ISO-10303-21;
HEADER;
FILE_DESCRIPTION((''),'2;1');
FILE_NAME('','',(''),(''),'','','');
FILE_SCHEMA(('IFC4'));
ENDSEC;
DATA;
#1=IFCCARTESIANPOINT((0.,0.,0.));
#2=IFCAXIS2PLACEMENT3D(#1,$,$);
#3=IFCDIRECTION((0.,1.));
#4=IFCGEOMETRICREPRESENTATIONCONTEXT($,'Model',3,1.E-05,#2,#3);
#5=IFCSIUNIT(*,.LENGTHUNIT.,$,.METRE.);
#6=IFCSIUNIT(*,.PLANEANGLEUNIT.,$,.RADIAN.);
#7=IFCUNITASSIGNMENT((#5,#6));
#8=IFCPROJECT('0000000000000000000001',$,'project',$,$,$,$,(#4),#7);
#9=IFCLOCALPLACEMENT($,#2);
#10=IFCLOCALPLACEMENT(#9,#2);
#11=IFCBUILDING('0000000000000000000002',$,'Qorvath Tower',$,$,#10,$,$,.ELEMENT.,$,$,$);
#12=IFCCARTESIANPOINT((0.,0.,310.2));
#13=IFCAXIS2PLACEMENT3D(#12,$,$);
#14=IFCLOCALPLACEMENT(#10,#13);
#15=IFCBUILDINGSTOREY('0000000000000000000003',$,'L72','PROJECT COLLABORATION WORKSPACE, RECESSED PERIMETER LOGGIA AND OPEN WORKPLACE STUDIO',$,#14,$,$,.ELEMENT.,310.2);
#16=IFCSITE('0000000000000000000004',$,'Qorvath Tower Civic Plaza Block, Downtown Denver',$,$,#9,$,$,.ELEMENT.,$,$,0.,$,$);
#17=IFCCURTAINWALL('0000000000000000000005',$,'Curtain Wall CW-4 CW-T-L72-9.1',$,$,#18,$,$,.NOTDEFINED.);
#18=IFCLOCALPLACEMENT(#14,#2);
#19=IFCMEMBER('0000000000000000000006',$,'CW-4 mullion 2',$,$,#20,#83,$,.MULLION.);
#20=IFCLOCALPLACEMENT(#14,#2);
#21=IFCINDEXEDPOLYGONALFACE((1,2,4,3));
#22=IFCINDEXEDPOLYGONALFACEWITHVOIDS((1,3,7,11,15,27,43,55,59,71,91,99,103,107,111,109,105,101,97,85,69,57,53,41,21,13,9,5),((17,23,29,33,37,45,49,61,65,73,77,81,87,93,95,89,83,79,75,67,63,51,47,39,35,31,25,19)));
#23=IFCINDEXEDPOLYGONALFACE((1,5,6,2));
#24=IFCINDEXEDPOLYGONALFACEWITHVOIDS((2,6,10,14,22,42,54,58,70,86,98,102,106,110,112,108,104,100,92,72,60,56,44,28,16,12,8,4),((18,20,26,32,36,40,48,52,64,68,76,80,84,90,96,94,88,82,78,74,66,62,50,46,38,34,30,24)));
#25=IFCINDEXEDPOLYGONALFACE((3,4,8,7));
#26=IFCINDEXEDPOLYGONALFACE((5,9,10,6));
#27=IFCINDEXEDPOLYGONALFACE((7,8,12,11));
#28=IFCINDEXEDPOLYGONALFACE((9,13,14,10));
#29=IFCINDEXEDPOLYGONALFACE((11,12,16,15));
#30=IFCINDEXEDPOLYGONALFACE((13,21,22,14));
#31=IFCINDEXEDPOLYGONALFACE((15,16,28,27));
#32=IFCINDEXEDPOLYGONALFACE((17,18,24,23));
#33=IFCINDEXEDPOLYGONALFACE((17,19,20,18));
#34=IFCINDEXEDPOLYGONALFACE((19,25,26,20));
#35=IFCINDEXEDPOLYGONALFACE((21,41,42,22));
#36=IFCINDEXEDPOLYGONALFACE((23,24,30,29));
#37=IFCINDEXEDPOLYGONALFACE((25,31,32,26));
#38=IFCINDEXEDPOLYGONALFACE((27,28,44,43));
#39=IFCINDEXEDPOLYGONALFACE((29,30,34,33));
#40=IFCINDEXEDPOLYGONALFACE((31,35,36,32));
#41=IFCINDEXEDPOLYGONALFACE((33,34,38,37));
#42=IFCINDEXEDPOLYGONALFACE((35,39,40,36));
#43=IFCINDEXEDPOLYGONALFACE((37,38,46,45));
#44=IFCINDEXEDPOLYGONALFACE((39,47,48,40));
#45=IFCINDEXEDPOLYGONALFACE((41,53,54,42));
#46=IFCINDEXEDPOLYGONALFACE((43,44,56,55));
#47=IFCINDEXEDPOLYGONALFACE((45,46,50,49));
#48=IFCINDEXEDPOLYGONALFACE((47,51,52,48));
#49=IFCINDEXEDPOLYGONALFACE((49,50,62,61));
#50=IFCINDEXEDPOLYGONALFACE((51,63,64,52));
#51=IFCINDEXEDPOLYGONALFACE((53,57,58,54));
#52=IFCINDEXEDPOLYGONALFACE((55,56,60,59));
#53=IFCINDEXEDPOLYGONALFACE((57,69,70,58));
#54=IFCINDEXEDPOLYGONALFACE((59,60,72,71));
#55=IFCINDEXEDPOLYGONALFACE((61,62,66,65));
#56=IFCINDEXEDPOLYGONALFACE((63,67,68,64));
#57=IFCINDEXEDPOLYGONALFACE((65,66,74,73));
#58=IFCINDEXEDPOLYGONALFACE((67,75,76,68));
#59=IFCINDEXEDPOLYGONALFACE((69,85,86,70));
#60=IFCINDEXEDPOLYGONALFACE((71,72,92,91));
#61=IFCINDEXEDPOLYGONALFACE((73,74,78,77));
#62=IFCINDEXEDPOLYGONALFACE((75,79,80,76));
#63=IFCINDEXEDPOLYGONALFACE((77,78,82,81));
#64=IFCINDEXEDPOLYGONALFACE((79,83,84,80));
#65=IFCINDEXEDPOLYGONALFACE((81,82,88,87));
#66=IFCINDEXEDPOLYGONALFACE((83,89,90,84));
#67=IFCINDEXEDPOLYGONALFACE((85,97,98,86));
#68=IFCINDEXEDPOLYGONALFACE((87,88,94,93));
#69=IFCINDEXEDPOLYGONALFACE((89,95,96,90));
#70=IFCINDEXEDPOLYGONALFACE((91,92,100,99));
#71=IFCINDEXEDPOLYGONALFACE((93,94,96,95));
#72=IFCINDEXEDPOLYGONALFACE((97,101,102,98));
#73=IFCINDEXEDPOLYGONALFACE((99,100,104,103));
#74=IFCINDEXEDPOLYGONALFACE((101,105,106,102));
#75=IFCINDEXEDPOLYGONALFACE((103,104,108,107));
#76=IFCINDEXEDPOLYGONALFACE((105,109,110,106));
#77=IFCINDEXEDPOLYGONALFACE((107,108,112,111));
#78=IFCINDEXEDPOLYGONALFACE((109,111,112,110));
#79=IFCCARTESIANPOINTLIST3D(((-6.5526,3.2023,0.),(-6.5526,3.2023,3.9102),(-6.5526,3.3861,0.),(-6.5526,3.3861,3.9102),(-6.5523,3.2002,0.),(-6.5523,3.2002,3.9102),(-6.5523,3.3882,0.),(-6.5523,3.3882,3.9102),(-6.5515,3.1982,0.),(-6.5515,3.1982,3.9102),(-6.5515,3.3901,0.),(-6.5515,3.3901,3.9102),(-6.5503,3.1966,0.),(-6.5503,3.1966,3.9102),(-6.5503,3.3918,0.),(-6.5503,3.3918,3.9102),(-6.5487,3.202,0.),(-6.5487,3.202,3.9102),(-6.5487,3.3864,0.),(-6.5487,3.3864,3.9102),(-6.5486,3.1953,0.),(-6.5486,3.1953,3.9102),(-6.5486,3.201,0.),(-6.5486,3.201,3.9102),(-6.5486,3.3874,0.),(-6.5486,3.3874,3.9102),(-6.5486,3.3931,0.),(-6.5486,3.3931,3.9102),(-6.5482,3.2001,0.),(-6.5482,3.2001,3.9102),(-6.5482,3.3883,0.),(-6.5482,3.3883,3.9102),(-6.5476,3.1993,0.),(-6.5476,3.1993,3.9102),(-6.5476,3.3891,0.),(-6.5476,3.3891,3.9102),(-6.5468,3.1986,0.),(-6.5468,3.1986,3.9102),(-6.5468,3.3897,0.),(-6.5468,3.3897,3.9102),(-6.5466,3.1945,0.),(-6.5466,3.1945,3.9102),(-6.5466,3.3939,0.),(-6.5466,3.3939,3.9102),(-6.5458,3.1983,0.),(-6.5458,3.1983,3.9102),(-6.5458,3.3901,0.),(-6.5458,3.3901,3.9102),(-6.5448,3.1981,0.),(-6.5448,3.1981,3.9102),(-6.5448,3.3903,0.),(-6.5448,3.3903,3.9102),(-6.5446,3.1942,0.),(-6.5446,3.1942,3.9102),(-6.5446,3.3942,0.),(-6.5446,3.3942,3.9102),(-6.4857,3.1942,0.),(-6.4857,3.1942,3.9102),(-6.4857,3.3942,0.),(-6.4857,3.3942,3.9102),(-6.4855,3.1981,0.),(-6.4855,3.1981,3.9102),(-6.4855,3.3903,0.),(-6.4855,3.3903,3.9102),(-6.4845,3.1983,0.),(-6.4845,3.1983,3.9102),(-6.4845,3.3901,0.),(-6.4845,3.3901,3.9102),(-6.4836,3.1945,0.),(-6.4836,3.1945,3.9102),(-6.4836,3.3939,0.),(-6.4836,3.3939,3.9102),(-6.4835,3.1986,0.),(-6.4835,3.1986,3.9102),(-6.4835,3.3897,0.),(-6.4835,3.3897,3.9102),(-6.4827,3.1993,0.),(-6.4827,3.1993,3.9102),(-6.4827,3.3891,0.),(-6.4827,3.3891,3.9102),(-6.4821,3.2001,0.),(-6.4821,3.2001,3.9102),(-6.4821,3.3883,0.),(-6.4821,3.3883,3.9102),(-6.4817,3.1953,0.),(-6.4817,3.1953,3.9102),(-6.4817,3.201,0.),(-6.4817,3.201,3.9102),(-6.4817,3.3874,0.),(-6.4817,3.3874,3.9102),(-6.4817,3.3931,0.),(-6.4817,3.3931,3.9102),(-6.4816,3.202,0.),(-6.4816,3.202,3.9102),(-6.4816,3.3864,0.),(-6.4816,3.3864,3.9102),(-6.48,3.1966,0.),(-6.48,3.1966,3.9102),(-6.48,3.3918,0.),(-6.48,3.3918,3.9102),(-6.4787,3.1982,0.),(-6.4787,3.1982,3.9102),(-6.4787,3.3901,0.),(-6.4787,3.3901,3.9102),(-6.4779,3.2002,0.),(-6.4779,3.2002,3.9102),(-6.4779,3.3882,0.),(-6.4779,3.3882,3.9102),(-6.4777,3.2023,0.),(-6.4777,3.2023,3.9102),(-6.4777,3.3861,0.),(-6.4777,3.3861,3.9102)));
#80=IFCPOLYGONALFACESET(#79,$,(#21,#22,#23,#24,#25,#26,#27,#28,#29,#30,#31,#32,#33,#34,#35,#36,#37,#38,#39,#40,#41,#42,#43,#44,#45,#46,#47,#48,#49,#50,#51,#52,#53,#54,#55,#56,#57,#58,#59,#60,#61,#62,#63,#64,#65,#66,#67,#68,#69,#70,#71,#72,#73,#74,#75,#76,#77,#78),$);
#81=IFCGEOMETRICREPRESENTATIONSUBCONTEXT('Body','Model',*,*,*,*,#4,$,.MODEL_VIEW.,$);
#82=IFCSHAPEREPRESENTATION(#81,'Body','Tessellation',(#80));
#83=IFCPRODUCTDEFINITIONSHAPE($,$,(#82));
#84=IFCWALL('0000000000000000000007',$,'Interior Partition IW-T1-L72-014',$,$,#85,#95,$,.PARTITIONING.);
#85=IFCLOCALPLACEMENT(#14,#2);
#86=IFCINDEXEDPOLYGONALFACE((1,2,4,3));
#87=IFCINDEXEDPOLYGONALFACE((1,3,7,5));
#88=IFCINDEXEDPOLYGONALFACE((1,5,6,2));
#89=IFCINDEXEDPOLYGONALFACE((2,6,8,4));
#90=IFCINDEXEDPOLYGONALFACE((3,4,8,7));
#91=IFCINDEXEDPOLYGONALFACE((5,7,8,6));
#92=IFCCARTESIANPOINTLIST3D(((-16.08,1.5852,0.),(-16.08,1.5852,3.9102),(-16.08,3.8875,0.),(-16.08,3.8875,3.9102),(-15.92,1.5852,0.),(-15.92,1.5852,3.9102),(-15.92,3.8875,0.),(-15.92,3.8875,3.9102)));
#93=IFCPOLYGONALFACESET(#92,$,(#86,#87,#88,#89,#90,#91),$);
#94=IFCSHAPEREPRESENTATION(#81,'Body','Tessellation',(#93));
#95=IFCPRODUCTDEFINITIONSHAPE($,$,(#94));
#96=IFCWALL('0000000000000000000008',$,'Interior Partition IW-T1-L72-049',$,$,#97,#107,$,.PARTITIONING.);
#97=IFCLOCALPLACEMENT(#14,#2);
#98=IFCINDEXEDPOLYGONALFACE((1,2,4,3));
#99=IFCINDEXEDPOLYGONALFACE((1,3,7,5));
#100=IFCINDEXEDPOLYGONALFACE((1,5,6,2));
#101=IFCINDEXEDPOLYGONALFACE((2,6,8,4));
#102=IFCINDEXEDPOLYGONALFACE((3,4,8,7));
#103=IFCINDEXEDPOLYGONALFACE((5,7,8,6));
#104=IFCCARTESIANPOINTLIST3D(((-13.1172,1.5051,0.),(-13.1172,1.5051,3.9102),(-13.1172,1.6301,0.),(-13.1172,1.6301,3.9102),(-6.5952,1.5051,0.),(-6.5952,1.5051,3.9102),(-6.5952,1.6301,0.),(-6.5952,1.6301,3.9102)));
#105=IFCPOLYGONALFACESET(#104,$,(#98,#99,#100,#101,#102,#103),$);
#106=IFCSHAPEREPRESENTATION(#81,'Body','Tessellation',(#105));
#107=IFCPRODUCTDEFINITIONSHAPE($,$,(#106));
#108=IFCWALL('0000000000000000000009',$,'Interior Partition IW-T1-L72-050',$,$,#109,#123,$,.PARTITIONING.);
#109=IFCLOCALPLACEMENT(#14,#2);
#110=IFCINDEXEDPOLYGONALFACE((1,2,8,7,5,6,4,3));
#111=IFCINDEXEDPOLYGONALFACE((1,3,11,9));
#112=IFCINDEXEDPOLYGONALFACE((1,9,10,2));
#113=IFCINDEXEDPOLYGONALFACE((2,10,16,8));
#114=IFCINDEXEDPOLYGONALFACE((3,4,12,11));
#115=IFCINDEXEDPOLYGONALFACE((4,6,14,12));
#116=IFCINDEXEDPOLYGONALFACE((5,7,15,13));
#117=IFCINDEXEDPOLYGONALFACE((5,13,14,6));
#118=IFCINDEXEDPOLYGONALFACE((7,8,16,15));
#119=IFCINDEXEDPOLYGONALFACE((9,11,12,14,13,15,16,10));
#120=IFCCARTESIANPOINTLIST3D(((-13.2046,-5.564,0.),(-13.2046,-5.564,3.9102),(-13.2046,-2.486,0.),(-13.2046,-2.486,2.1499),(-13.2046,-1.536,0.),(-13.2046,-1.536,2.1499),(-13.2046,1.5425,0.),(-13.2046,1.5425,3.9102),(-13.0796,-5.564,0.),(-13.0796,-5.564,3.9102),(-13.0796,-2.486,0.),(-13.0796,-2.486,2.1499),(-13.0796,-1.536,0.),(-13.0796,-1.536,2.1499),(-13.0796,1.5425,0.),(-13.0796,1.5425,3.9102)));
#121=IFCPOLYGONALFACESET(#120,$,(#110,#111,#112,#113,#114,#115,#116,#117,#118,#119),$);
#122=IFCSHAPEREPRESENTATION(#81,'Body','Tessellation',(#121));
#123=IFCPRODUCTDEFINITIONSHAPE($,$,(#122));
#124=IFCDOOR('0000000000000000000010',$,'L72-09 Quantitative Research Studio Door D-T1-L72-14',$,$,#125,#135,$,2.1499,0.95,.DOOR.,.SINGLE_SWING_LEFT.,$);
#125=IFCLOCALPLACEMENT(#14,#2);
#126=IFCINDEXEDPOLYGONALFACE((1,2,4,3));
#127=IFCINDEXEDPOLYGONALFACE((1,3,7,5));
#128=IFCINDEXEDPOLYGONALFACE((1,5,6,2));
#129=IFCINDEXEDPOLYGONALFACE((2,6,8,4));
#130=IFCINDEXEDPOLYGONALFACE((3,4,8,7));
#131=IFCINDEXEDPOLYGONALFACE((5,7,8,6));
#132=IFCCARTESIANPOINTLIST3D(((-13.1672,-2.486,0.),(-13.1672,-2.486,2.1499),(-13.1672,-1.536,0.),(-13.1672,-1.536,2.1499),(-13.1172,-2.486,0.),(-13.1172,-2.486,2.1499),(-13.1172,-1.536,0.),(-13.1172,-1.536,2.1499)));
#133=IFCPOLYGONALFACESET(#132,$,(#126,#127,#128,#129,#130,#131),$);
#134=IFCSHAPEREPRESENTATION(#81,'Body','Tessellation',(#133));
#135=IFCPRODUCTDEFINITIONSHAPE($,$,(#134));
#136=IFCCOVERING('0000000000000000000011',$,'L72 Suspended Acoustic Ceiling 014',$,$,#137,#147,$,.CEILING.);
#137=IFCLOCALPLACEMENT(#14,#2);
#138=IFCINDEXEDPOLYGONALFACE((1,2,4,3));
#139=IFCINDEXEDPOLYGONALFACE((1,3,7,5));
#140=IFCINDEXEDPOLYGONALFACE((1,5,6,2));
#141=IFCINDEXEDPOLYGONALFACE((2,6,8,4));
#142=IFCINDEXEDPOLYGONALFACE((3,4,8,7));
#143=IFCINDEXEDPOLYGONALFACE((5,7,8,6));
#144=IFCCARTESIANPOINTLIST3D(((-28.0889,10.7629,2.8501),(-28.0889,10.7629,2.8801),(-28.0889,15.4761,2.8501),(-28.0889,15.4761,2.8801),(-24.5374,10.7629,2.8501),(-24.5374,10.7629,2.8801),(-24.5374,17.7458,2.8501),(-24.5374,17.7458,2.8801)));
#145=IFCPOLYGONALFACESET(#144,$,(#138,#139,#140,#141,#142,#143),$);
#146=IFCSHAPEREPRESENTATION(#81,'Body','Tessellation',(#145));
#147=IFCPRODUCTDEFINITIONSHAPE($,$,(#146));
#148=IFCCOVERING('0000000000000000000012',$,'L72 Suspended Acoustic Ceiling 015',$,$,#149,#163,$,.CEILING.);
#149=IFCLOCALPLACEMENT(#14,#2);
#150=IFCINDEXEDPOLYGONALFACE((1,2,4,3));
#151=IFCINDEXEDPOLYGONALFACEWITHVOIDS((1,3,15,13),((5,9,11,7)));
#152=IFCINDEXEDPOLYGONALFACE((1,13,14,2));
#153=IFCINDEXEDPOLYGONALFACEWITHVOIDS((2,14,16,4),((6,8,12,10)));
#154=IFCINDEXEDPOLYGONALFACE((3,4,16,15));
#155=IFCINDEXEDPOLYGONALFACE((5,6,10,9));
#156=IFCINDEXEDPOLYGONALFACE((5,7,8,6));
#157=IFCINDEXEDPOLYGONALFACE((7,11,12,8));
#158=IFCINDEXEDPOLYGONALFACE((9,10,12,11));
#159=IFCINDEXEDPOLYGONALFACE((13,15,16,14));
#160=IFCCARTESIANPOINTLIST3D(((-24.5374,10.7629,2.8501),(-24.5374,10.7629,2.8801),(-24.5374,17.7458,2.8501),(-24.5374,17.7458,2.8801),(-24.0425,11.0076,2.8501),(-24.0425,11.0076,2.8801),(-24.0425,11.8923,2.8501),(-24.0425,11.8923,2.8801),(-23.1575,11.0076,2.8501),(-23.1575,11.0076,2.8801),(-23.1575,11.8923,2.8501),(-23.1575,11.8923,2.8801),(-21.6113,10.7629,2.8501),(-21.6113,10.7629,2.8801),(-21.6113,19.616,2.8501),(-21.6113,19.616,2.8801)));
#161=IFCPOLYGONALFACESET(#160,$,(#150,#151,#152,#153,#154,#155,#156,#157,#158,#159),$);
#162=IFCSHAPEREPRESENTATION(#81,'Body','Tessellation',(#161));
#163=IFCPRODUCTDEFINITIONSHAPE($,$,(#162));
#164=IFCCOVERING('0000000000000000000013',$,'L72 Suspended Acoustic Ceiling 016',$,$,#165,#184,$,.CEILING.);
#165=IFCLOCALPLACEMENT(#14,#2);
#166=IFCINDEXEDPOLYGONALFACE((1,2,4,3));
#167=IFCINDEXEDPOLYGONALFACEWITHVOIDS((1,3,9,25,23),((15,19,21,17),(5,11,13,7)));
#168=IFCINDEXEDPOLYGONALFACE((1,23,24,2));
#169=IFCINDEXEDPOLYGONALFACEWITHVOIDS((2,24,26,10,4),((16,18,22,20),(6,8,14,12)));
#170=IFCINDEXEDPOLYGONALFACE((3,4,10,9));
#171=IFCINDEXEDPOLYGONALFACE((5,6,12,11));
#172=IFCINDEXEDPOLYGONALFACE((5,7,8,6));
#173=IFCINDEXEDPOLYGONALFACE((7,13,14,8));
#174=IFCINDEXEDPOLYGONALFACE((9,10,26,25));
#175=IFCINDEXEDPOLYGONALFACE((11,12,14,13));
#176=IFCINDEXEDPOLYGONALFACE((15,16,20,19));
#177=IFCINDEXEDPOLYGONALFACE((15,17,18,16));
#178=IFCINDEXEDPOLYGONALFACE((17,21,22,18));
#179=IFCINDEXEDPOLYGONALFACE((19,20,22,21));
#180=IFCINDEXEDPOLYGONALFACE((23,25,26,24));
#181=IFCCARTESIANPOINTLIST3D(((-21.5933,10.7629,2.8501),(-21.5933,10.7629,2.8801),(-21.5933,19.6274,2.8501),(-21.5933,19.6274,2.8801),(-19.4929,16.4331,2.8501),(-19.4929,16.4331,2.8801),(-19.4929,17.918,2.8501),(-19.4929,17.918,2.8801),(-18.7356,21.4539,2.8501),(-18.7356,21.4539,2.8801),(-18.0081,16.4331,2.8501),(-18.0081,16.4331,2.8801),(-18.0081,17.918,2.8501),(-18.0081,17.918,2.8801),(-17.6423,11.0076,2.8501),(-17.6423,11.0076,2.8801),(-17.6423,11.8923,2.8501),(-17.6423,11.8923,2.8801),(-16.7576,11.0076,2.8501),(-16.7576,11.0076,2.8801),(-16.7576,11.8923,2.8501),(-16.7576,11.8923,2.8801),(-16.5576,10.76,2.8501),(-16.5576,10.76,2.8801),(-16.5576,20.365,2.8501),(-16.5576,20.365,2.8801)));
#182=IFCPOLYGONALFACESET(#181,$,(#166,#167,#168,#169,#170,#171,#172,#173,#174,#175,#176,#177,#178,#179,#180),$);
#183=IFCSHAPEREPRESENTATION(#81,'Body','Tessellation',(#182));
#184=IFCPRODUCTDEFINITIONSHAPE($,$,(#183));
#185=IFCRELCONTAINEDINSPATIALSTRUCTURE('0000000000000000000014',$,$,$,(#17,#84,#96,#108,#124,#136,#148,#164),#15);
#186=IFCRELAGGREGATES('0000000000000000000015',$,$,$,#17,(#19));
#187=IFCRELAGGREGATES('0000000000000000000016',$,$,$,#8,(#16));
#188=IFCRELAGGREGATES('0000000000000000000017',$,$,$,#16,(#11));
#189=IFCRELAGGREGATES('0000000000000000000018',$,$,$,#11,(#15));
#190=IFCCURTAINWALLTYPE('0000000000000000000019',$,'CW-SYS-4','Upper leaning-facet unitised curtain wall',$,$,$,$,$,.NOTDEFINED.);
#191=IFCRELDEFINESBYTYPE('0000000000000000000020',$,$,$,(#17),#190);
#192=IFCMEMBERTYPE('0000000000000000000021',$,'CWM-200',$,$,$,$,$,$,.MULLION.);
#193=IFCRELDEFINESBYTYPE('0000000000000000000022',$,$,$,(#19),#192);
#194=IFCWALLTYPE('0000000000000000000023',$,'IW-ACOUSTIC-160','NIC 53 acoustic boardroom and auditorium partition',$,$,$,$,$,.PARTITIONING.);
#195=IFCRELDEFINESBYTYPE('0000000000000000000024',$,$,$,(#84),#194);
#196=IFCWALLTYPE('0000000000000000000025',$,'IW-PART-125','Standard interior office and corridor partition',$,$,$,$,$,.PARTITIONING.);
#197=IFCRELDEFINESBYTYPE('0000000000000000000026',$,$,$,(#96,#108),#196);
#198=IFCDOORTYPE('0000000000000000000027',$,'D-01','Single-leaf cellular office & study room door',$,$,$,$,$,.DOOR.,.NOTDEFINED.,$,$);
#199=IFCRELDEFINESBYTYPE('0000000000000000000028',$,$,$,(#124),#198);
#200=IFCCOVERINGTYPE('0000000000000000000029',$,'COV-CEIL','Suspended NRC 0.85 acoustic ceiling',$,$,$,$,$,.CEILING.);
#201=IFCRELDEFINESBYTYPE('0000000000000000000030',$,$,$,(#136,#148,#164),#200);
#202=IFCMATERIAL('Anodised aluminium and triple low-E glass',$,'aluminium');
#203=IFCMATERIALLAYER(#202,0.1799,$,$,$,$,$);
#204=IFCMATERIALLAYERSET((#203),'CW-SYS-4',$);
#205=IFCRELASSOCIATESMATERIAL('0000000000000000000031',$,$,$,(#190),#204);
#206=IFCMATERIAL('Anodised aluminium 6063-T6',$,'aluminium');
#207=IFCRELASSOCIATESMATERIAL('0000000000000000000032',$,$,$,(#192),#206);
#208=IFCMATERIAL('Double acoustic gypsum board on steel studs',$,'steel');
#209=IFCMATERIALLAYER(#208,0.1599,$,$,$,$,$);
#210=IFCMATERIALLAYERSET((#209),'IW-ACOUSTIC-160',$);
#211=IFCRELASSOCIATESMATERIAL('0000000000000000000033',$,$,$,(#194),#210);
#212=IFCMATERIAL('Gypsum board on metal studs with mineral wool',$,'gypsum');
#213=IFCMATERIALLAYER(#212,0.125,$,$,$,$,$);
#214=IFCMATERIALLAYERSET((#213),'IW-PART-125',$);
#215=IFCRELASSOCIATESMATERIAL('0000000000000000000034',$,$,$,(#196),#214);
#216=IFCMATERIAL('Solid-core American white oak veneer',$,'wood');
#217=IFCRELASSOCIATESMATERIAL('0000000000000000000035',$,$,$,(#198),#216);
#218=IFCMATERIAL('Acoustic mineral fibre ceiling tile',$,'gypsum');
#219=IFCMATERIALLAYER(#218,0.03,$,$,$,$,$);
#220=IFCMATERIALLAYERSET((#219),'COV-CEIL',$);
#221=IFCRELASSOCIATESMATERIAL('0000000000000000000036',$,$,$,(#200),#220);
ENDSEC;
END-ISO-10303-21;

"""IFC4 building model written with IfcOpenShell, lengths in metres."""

from ifc_helpers import new_model, si_unit, direction, frame, frame_2d, origin, origin_2d, place, context, subcontext, project, spatial, polyline, rectangle, hollow_rectangle, outline, extrude, material, layer, layer_set, material_profile, profile_set, type_object, element, fill, aggregate, save


model = new_model("IFC4")

# Units and contexts
model_context = context("Model", 3, precision=1e-05, world=origin(), true_north=direction((0.0, 1.0)))
body_context = subcontext(model_context, "Body", "Model", "MODEL_VIEW")
ifc_project = project(units=[si_unit("LENGTHUNIT", "METRE"), si_unit("PLANEANGLEUNIT", "RADIAN")], contexts=[model_context])

# Site, building, storey
site_placement = place(None, origin())
site = spatial("IfcSite", under=ifc_project, at=site_placement, Name="Qorvath Tower Civic Plaza Block, Downtown Denver", CompositionType="ELEMENT", RefElevation=0.0)
building_placement = place(site_placement, origin())
building = spatial("IfcBuilding", under=site, at=building_placement, Name="Qorvath Tower", CompositionType="ELEMENT")
storey_placement = place(building_placement, frame((0.0, 0.0, 310.2)))
storey = spatial("IfcBuildingStorey", under=building, at=storey_placement, Name="L72", Description="PROJECT COLLABORATION WORKSPACE, RECESSED PERIMETER LOGGIA AND OPEN WORKPLACE STUDIO", CompositionType="ELEMENT", Elevation=310.2)

# Curtain wall, member
ifc_material_1 = material(Name="Anodised aluminium and triple low-E glass", Category="aluminium")
ifc_layer_1 = layer(ifc_material_1, 0.1799)
ifc_layer_set_1 = layer_set([ifc_layer_1], Name="CW-SYS-4")
curtain_wall_type = type_object("IfcCurtainWallType", Name="CW-SYS-4", Description="Upper leaning-facet unitised curtain wall", PredefinedType="NOTDEFINED", material=ifc_layer_set_1)
curtain_wall_placement = place(storey_placement, origin())
curtain_wall = element("IfcCurtainWall", 1, at=curtain_wall_placement, inside=storey, type_object=curtain_wall_type, Name="Curtain Wall CW-4 CW-T-L72-9.1", PredefinedType="NOTDEFINED")
ifc_material_2 = material(Name="Anodised aluminium 6063-T6", Category="aluminium")
ifc_material_profile = material_profile(ifc_material_2, hollow_rectangle(XDim=0.075, YDim=0.2, WallThickness=0.0039, InnerFilletRadius=0.0039, OuterFilletRadius=0.0081, at=origin_2d()), Name="CWM 200x75")
ifc_profile_set = profile_set([ifc_material_profile], Name="Anodised aluminium 6063-T6")
member_type = type_object("IfcMemberType", Name="CWM-200", PredefinedType="MULLION", material=ifc_profile_set)
member_placement = place(storey_placement, frame((-6.5151, 3.2942, 0.0), z_axis=(0.0, 0.0, 1.0), x_axis=(-1.0, 0.0, 0.0)))
member = element("IfcMember", 2, at=member_placement, type_object=member_type, Name="CW-4 mullion 2", PredefinedType="MULLION", context=body_context, shape_type="SweptSolid", body=[
    extrude(hollow_rectangle(XDim=0.075, YDim=0.2, WallThickness=0.0039, InnerFilletRadius=0.0039, OuterFilletRadius=0.0081, at=origin_2d()), origin(), (0.0, 0.0, 1.0), 3.9102),
])
aggregate(curtain_wall, [member])

# Walls
ifc_material_3 = material(Name="Double acoustic gypsum board on steel studs", Category="steel")
ifc_layer_2 = layer(ifc_material_3, 0.1599)
ifc_layer_set_2 = layer_set([ifc_layer_2], Name="IW-ACOUSTIC-160")
wall_type_1 = type_object("IfcWallType", Name="IW-ACOUSTIC-160", Description="NIC 53 acoustic boardroom and auditorium partition", PredefinedType="PARTITIONING", material=ifc_layer_set_2)
wall_1_placement = place(storey_placement, frame((-16.0, 1.5852, 0.0), z_axis=(0.0, 0.0, 1.0), x_axis=(0.0, 1.0, 0.0)))
element("IfcWall", 3, at=wall_1_placement, inside=storey, type_object=wall_type_1, Name="Interior Partition IW-T1-L72-014", PredefinedType="PARTITIONING", context=body_context, shape_type="SweptSolid", body=[
    extrude(rectangle(XDim=2.3022, YDim=0.1599, at=frame_2d((1.1511, 0.0))), origin(), (0.0, 0.0, 1.0), 3.9102),
])
ifc_material_4 = material(Name="Gypsum board on metal studs with mineral wool", Category="gypsum")
ifc_layer_3 = layer(ifc_material_4, 0.125)
ifc_layer_set_3 = layer_set([ifc_layer_3], Name="IW-PART-125")
wall_type_2 = type_object("IfcWallType", Name="IW-PART-125", Description="Standard interior office and corridor partition", PredefinedType="PARTITIONING", material=ifc_layer_set_3)
wall_2_placement = place(storey_placement, frame((-6.5952, 1.5676, 0.0), z_axis=(0.0, 0.0, 1.0), x_axis=(-1.0, 0.0, 0.0)))
element("IfcWall", 4, at=wall_2_placement, inside=storey, type_object=wall_type_2, Name="Interior Partition IW-T1-L72-049", PredefinedType="PARTITIONING", context=body_context, shape_type="SweptSolid", body=[
    extrude(rectangle(XDim=6.522, YDim=0.125, at=frame_2d((3.261, 0.0))), origin(), (0.0, 0.0, 1.0), 3.9102),
])

# Wall, opening, door
wall_3_placement = place(storey_placement, frame((-13.1421, 1.5425, 0.0), z_axis=(0.0, 0.0, 1.0), x_axis=(0.0, -1.0, 0.0)))
wall_3 = element("IfcWall", 5, at=wall_3_placement, inside=storey, type_object=wall_type_2, Name="Interior Partition IW-T1-L72-050", PredefinedType="PARTITIONING", context=body_context, shape_type="SweptSolid", body=[
    extrude(rectangle(XDim=7.1064, YDim=0.125, at=frame_2d((3.5532, 0.0))), origin(), (0.0, 0.0, 1.0), 3.9102),
])
opening_placement = place(wall_3_placement, frame((3.0784, 0.0, 0.0)))
opening = element("IfcOpeningElement", 6, at=opening_placement, cuts=wall_3, PredefinedType="OPENING", context=body_context, shape_type="SweptSolid", body=[
    extrude(rectangle(XDim=0.95, YDim=2.1499, at=frame_2d((0.4751, 1.075))), frame((0.0, 0.0725, 0.0), z_axis=(0.0, -1.0, 0.0), x_axis=(1.0, 0.0, 0.0)), (0.0, 0.0, 1.0), 0.145),
])
ifc_material_5 = material(Name="Solid-core American white oak veneer", Category="wood")
door_type = type_object("IfcDoorType", Name="D-01", Description="Single-leaf cellular office & study room door", OperationType="NOTDEFINED", PredefinedType="DOOR", material=ifc_material_5)
door_placement = place(opening_placement, origin())
door = element("IfcDoor", 7, at=door_placement, inside=storey, type_object=door_type, Name="L72-09 Quantitative Research Studio Door D-T1-L72-14", OperationType="SINGLE_SWING_LEFT", OverallHeight=2.1499, OverallWidth=0.95, PredefinedType="DOOR", context=body_context, shape_type="SweptSolid", body=[
    extrude(rectangle(XDim=0.95, YDim=2.1499, at=frame_2d((0.4751, 1.075))), frame((0.0, 0.0249, 0.0), z_axis=(0.0, -1.0, 0.0), x_axis=(1.0, 0.0, 0.0)), (0.0, 0.0, 1.0), 0.05),
])
fill(opening, door)

# Coverings
ifc_material_6 = material(Name="Acoustic mineral fibre ceiling tile", Category="gypsum")
ifc_layer_4 = layer(ifc_material_6, 0.03)
ifc_layer_set_4 = layer_set([ifc_layer_4], Name="COV-CEIL")
covering_type_1 = type_object("IfcCoveringType", Name="COV-CEIL", Description="Suspended NRC 0.85 acoustic ceiling", PredefinedType="CEILING", material=ifc_layer_set_4)
covering_1_placement = place(storey_placement, frame((0.0, 0.0, 2.8501)))
element("IfcCovering", 8, at=covering_1_placement, inside=storey, type_object=covering_type_1, Name="L72 Suspended Acoustic Ceiling 014", PredefinedType="CEILING", context=body_context, shape_type="SweptSolid", body=[
    extrude(outline(polyline([(-28.0889, 15.4761), (-28.0889, 10.7629), (-24.5374, 10.7629), (-24.5374, 17.7458), (-28.0889, 15.4761)])), origin(), (0.0, 0.0, 1.0), 0.03),
])
covering_2_placement = place(storey_placement, frame((0.0, 0.0, 2.8501)))
element("IfcCovering", 9, at=covering_2_placement, inside=storey, type_object=covering_type_1, Name="L72 Suspended Acoustic Ceiling 015", PredefinedType="CEILING", context=body_context, shape_type="SweptSolid", body=[
    extrude(outline(polyline([(-24.5374, 17.7458), (-24.5374, 10.7629), (-21.6113, 10.7629), (-21.6113, 19.616), (-24.5374, 17.7458)]), holes=[polyline([(-24.0425, 11.0076), (-24.0425, 11.8923), (-23.1575, 11.8923), (-23.1575, 11.0076), (-24.0425, 11.0076)])]), origin(), (0.0, 0.0, 1.0), 0.03),
])
covering_3_placement = place(storey_placement, frame((0.0, 0.0, 2.8501)))
element("IfcCovering", 10, at=covering_3_placement, inside=storey, type_object=covering_type_1, Name="L72 Suspended Acoustic Ceiling 016", PredefinedType="CEILING", context=body_context, shape_type="SweptSolid", body=[
    extrude(outline(polyline([(-16.5576, 10.76), (-16.5576, 20.365), (-18.7356, 21.4539), (-21.5933, 19.6274), (-21.5933, 10.7629), (-16.5576, 10.76)]), holes=[polyline([(-17.6423, 11.0076), (-17.6423, 11.8923), (-16.7576, 11.8923), (-16.7576, 11.0076), (-17.6423, 11.0076)]), polyline([(-19.4929, 16.4331), (-19.4929, 17.918), (-18.0081, 17.918), (-18.0081, 16.4331), (-19.4929, 16.4331)])]), origin(), (0.0, 0.0, 1.0), 0.03),
])

save(model, "model.ifc")
